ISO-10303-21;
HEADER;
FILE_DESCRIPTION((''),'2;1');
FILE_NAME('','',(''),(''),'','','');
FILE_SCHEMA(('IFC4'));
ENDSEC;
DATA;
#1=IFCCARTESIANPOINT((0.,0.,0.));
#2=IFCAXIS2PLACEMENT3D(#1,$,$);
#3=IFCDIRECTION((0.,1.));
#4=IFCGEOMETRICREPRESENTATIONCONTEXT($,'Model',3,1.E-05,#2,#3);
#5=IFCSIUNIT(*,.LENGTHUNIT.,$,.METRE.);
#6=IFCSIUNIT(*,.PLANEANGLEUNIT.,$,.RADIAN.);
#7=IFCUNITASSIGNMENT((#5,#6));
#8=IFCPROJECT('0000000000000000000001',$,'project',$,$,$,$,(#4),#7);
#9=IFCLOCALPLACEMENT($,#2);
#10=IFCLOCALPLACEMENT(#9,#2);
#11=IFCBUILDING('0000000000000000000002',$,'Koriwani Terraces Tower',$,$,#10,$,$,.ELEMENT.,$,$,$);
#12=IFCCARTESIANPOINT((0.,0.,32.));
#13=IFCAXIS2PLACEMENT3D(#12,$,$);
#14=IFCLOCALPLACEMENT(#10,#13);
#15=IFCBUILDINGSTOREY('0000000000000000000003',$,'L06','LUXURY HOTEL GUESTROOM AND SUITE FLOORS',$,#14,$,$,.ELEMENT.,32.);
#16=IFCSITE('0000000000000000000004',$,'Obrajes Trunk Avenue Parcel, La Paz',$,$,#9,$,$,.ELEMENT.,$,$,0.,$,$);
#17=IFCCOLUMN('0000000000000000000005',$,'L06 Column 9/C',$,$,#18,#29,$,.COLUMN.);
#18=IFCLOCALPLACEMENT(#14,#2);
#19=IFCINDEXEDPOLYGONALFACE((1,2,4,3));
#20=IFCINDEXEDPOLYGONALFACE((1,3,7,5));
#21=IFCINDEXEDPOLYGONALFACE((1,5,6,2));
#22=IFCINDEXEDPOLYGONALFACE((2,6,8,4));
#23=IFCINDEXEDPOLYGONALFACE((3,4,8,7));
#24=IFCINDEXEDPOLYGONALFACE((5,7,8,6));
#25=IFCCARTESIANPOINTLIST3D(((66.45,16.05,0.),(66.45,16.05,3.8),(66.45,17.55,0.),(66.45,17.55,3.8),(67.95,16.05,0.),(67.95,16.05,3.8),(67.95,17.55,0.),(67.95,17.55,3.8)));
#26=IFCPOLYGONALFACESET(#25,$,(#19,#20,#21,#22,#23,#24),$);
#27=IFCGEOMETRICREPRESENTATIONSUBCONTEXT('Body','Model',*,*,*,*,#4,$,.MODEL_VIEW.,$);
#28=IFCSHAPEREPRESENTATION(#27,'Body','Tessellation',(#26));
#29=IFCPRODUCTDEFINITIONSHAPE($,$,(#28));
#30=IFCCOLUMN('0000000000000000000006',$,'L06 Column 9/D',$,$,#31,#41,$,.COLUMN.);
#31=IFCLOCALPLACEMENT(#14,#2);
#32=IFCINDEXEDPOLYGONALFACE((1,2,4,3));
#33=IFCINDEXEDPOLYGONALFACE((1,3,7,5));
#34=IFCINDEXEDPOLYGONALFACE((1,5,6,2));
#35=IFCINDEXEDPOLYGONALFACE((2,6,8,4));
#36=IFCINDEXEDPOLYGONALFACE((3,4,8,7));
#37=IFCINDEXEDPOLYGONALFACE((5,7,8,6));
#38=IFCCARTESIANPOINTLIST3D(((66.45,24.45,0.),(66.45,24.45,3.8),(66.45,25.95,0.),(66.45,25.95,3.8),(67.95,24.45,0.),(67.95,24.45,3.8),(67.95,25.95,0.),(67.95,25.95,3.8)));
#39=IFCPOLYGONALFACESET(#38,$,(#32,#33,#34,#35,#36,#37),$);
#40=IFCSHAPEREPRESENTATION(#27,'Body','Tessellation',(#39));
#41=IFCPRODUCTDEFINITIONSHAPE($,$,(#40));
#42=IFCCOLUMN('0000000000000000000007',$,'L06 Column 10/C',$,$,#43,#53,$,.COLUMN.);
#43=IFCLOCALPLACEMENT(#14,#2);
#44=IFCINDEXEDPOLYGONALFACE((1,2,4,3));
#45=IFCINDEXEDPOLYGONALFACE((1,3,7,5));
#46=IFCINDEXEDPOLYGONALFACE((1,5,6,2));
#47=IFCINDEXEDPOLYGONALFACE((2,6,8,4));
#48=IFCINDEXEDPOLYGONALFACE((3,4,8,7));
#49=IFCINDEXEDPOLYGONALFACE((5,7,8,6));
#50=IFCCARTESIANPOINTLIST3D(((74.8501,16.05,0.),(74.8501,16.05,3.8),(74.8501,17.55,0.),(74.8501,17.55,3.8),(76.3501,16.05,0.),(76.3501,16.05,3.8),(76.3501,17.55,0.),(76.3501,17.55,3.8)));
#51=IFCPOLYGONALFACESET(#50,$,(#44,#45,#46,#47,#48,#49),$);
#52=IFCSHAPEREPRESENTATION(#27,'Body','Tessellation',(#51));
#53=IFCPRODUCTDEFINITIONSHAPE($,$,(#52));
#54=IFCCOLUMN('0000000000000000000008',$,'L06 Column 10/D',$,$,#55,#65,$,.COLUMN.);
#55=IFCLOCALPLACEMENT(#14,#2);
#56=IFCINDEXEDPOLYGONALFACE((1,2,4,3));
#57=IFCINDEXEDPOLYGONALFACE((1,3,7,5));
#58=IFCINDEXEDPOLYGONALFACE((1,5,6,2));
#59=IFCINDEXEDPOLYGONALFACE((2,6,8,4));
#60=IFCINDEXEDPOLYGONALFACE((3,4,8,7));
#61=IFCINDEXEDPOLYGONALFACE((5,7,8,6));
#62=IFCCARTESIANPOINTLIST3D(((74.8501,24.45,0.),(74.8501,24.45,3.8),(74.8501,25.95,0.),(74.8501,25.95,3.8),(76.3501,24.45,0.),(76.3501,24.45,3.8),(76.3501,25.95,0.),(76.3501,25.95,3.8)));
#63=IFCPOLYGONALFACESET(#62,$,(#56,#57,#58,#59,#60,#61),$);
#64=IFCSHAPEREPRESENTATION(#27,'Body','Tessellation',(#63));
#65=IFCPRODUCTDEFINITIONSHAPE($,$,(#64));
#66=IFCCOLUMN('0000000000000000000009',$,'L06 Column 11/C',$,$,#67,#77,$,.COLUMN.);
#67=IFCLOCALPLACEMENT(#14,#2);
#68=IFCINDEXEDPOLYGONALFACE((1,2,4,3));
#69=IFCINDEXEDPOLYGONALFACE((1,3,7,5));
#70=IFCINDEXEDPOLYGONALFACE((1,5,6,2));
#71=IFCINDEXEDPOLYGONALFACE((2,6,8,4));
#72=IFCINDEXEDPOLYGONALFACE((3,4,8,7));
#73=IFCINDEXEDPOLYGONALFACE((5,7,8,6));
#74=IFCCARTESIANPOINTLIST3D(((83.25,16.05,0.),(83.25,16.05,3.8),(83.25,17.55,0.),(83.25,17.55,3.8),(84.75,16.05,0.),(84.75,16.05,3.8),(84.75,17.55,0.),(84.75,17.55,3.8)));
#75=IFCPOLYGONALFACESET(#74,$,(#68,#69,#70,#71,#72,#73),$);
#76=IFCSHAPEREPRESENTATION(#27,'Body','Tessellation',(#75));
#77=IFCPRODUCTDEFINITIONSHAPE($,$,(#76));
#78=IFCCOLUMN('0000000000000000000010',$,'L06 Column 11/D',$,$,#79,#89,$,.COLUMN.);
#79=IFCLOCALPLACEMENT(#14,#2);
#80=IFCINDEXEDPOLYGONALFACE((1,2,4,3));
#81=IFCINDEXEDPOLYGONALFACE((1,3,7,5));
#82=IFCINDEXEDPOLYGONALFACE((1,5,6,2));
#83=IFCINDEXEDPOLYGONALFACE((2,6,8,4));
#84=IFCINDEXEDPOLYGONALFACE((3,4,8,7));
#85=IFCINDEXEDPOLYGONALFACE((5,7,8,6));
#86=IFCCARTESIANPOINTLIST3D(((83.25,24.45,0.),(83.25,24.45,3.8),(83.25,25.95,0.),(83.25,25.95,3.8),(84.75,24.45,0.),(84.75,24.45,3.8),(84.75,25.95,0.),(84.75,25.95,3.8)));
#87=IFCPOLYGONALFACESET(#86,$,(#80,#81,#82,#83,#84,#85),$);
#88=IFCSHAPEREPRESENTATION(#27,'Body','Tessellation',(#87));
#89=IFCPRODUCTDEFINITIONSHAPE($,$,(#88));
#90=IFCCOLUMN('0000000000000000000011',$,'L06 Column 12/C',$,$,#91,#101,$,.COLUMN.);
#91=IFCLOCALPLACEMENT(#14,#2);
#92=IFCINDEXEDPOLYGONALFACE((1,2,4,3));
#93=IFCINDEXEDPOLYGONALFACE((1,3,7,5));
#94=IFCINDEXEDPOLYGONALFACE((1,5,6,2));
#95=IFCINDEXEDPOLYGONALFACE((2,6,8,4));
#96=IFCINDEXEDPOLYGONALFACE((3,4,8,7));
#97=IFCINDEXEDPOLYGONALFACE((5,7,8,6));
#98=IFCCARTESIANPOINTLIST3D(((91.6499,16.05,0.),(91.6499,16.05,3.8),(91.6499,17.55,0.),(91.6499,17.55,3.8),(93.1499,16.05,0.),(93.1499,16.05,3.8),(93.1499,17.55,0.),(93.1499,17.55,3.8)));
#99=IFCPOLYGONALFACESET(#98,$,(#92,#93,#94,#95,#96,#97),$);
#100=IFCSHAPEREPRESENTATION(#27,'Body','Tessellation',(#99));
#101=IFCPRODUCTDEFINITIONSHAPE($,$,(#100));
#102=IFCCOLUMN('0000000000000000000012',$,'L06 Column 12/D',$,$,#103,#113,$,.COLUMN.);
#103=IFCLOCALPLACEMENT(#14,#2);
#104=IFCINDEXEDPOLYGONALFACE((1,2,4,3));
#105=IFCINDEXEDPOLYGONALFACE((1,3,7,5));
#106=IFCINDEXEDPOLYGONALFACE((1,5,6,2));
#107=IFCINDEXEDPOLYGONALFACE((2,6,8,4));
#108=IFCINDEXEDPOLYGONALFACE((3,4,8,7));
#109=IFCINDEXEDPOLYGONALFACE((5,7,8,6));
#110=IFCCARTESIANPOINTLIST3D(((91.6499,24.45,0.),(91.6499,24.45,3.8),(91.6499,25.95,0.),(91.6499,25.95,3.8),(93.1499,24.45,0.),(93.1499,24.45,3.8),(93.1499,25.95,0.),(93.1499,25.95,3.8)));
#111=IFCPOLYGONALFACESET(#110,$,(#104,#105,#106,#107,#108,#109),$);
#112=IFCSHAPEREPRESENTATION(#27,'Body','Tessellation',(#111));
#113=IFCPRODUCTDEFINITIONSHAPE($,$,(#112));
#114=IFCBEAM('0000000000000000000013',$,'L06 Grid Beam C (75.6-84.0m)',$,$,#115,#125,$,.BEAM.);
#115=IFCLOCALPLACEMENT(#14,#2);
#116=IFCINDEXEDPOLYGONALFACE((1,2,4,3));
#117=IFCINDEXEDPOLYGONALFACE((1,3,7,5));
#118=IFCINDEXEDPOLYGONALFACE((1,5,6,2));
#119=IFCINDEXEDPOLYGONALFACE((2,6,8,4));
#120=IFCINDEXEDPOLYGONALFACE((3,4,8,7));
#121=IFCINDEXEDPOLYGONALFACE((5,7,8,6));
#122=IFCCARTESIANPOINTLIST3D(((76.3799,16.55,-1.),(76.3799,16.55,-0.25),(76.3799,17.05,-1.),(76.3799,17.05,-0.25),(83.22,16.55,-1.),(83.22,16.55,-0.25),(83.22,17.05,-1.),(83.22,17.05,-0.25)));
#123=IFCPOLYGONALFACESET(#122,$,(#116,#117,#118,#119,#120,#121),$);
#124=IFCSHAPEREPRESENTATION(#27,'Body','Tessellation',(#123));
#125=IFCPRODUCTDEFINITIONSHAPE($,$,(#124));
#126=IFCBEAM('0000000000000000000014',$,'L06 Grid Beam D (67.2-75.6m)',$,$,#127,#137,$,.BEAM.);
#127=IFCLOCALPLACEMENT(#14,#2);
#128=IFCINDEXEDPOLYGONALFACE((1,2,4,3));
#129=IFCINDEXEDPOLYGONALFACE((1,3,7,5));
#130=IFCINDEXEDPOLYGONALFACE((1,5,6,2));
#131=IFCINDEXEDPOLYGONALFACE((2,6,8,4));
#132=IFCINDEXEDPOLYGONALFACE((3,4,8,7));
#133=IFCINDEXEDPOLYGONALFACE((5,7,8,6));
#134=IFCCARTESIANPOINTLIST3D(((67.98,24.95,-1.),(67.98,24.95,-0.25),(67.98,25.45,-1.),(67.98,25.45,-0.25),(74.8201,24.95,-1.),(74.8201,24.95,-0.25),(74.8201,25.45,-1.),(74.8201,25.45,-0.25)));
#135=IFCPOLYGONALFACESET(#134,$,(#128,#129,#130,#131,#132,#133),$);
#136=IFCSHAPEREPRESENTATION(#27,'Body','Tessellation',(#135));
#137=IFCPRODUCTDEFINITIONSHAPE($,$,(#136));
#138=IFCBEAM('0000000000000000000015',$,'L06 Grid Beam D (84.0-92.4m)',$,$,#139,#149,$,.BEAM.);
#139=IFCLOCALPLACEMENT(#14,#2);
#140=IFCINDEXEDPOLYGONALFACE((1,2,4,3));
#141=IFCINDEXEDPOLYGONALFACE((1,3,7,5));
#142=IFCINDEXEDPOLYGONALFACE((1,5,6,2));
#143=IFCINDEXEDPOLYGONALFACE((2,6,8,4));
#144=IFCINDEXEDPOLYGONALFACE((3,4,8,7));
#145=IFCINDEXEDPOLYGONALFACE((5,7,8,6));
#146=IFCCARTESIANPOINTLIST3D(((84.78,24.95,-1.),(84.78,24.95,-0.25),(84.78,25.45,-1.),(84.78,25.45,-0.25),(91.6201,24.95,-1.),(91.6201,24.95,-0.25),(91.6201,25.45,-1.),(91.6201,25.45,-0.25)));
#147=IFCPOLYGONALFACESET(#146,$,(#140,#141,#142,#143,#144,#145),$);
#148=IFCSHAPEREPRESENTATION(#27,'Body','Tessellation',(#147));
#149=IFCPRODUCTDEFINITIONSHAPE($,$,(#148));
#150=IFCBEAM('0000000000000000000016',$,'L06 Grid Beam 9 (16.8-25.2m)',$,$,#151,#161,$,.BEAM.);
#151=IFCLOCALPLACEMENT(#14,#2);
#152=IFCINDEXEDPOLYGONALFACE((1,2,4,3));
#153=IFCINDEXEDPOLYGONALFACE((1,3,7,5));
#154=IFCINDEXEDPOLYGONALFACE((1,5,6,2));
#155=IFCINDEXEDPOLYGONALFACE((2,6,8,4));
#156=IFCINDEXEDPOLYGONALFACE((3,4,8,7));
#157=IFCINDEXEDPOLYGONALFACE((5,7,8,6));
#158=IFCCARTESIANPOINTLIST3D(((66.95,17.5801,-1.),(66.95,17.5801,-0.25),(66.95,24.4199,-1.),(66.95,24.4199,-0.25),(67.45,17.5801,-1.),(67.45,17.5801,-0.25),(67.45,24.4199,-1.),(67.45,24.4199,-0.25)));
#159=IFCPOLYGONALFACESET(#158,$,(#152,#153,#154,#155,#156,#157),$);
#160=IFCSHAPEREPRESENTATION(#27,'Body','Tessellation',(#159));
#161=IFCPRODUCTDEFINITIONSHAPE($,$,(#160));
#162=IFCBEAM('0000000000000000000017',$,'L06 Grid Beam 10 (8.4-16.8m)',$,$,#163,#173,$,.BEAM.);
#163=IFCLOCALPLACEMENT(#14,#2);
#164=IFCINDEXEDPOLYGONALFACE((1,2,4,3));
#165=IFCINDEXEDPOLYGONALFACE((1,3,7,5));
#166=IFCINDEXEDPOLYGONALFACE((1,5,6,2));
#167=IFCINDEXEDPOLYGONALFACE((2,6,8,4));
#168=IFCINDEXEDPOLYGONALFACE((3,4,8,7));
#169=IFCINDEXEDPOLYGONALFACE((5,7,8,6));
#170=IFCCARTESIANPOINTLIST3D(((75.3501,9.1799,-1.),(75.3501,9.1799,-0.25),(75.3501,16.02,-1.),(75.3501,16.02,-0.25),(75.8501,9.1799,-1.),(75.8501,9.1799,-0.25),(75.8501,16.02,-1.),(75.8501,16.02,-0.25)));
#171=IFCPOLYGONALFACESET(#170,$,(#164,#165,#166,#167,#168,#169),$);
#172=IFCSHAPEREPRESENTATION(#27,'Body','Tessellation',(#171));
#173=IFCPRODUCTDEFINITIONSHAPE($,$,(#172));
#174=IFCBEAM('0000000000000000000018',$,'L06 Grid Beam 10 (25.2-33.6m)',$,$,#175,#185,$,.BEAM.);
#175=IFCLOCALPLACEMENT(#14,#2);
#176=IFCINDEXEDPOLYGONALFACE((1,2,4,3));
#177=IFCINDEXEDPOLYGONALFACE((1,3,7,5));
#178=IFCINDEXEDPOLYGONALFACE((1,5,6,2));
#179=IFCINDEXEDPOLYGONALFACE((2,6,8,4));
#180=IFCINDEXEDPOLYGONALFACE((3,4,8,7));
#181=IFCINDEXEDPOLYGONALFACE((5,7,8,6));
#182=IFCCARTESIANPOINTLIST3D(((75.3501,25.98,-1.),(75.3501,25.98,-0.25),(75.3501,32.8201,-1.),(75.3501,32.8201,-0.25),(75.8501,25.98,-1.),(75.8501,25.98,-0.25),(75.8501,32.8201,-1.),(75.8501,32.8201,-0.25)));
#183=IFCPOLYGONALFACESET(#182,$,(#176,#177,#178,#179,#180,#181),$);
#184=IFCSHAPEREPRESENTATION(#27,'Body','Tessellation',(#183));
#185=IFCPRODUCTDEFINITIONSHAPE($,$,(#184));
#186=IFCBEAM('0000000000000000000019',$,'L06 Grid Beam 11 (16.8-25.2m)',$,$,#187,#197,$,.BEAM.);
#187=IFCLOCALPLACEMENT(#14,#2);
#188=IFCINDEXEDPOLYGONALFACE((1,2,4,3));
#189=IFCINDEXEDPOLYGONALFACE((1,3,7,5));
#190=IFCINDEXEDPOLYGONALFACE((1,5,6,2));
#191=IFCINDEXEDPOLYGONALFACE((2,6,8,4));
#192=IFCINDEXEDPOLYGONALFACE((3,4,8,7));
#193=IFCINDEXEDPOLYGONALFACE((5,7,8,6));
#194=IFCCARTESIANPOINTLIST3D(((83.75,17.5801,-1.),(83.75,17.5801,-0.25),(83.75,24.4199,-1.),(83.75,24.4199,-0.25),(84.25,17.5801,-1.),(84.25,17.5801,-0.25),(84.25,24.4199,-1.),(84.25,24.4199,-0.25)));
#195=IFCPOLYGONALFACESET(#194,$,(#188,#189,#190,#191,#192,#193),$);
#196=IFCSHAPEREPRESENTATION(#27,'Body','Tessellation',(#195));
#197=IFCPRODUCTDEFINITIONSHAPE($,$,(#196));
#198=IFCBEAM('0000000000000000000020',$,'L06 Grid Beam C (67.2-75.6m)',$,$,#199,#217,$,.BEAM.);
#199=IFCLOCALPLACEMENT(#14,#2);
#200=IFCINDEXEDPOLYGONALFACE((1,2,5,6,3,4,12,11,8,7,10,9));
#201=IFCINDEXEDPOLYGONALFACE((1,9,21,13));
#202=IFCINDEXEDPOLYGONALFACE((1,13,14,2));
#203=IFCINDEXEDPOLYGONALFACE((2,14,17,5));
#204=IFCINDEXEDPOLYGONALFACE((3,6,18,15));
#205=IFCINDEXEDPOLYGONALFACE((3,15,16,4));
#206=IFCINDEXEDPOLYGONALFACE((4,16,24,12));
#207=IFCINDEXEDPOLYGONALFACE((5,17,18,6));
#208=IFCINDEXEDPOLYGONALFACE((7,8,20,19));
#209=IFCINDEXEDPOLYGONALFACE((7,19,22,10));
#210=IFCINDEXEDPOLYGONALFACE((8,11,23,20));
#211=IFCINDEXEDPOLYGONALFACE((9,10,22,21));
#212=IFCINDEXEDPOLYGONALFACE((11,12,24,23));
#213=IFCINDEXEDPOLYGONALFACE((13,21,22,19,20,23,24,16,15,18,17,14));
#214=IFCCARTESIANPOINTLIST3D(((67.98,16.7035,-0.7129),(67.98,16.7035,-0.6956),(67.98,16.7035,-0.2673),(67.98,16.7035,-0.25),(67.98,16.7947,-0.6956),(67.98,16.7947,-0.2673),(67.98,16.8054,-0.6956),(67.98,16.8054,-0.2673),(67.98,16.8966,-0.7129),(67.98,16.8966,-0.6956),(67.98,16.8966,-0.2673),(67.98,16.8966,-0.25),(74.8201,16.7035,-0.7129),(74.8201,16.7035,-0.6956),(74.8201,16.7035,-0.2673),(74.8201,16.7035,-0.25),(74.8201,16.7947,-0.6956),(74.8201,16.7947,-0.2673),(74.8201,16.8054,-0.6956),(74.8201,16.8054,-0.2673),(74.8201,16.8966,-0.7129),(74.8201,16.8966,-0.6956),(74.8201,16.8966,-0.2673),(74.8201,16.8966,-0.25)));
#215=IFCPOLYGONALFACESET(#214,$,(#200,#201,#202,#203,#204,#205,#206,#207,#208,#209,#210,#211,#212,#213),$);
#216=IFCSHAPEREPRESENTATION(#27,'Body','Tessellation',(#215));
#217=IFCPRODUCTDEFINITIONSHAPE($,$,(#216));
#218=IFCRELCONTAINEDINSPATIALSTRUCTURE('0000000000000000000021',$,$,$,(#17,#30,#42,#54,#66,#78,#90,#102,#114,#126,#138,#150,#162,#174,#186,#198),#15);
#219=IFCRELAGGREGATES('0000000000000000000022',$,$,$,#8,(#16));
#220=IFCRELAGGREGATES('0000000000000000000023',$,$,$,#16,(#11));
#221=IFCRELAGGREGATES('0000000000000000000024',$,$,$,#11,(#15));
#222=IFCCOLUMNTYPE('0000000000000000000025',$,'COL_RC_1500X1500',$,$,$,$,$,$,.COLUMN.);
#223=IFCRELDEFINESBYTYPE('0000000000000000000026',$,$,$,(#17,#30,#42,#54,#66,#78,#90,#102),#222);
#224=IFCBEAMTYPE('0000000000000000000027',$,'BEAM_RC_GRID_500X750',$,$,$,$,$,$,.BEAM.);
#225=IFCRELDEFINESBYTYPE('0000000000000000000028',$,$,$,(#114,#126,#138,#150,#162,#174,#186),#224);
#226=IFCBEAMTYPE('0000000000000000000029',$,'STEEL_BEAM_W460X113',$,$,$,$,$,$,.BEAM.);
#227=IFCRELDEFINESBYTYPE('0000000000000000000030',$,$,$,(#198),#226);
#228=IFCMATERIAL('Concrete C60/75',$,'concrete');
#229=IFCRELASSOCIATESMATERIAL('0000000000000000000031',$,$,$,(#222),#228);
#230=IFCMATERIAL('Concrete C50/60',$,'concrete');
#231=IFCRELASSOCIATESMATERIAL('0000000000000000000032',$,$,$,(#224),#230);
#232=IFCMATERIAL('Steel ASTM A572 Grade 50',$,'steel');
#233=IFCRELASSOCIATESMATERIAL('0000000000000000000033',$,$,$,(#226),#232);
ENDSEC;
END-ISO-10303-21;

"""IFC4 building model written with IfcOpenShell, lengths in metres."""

from ifc_helpers import new_model, si_unit, direction, frame, origin, origin_2d, place, context, subcontext, project, spatial, rectangle, i_section, extrude, material, material_profile, profile_set, type_object, element, save


model = new_model("IFC4")

# Units and contexts
model_context = context("Model", 3, precision=1e-05, world=origin(), true_north=direction((0.0, 1.0)))
body_context = subcontext(model_context, "Body", "Model", "MODEL_VIEW")
ifc_project = project(units=[si_unit("LENGTHUNIT", "METRE"), si_unit("PLANEANGLEUNIT", "RADIAN")], contexts=[model_context])

# Site, building, storey
site_placement = place(None, origin())
site = spatial("IfcSite", under=ifc_project, at=site_placement, Name="Obrajes Trunk Avenue Parcel, La Paz", CompositionType="ELEMENT", RefElevation=0.0)
building_placement = place(site_placement, origin())
building = spatial("IfcBuilding", under=site, at=building_placement, Name="Koriwani Terraces Tower", CompositionType="ELEMENT")
storey_placement = place(building_placement, frame((0.0, 0.0, 32.0)))
storey = spatial("IfcBuildingStorey", under=building, at=storey_placement, Name="L06", Description="LUXURY HOTEL GUESTROOM AND SUITE FLOORS", CompositionType="ELEMENT", Elevation=32.0)

# Columns
ifc_material_1 = material(Name="Concrete C60/75", Category="concrete")
ifc_material_profile_1 = material_profile(ifc_material_1, rectangle(XDim=1.5, YDim=1.5, at=origin_2d()), Name="Concrete C60/75", Category="LoadBearing")
ifc_profile_set_1 = profile_set([ifc_material_profile_1], Name="Concrete C60/75")
column_type = type_object("IfcColumnType", Name="COL_RC_1500X1500", PredefinedType="COLUMN", material=ifc_profile_set_1)
for number, where, z_axis, x_axis, name in (
    (1, (67.2, 16.8, 0.0), (0.0, 0.0, 1.0), (1.0, 0.0, 0.0), "L06 Column 9/C"),
    (2, (67.2, 25.2, 0.0), (0.0, 0.0, 1.0), (1.0, 0.0, 0.0), "L06 Column 9/D"),
    (3, (75.6001, 16.8, 0.0), (0.0, 0.0, 1.0), (1.0, 0.0, 0.0), "L06 Column 10/C"),
    (4, (75.6001, 25.2, 0.0), (0.0, 0.0, 1.0), (1.0, 0.0, 0.0), "L06 Column 10/D"),
    (5, (84.0, 16.8, 0.0), (0.0, 0.0, 1.0), (1.0, 0.0, 0.0), "L06 Column 11/C"),
    (6, (84.0, 25.2, 0.0), (0.0, 0.0, 1.0), (1.0, 0.0, 0.0), "L06 Column 11/D"),
    (7, (92.3999, 16.8, 0.0), (0.0, 0.0, 1.0), (1.0, 0.0, 0.0), "L06 Column 12/C"),
    (8, (92.3999, 25.2, 0.0), (0.0, 0.0, 1.0), (1.0, 0.0, 0.0), "L06 Column 12/D"),
):
    element("IfcColumn", number, at=place(storey_placement, frame(where, z_axis=z_axis, x_axis=x_axis)), inside=storey, type_object=column_type, Name=name, PredefinedType="COLUMN", context=body_context, shape_type="SweptSolid", body=[
        extrude(rectangle(XDim=1.5, YDim=1.5, at=origin_2d()), origin(), (0.0, 0.0, 1.0), 3.8),
    ])

# Beams
ifc_material_2 = material(Name="Concrete C50/60", Category="concrete")
ifc_material_profile_2 = material_profile(ifc_material_2, rectangle(XDim=0.5, YDim=0.75, at=origin_2d()), Name="Concrete C50/60", Category="LoadBearing")
ifc_profile_set_2 = profile_set([ifc_material_profile_2], Name="Concrete C50/60")
beam_type_1 = type_object("IfcBeamType", Name="BEAM_RC_GRID_500X750", PredefinedType="BEAM", material=ifc_profile_set_2)
for number, where, z_axis, x_axis, name in (
    (9, (76.3799, 16.8, -0.625), (1.0, 0.0, 0.0), (0.0, 1.0, 0.0), "L06 Grid Beam C (75.6-84.0m)"),
    (10, (67.98, 25.2, -0.625), (1.0, 0.0, 0.0), (0.0, 1.0, 0.0), "L06 Grid Beam D (67.2-75.6m)"),
    (11, (84.78, 25.2, -0.625), (1.0, 0.0, 0.0), (0.0, 1.0, 0.0), "L06 Grid Beam D (84.0-92.4m)"),
):
    element("IfcBeam", number, at=place(storey_placement, frame(where, z_axis=z_axis, x_axis=x_axis)), inside=storey, type_object=beam_type_1, Name=name, PredefinedType="BEAM", context=body_context, shape_type="SweptSolid", body=[
        extrude(rectangle(XDim=0.5, YDim=0.75, at=origin_2d()), origin(), (0.0, 0.0, 1.0), 6.8401),
    ])
beam_1_placement = place(storey_placement, frame((67.2, 17.5801, -0.625), z_axis=(0.0, 1.0, 0.0), x_axis=(-1.0, 0.0, 0.0)))
element("IfcBeam", 12, at=beam_1_placement, inside=storey, type_object=beam_type_1, Name="L06 Grid Beam 9 (16.8-25.2m)", PredefinedType="BEAM", context=body_context, shape_type="SweptSolid", body=[
    extrude(rectangle(XDim=0.5, YDim=0.75, at=origin_2d()), origin(), (0.0, 0.0, 1.0), 6.8398),
])
for number, where, z_axis, x_axis, name in (
    (13, (75.6001, 9.1799, -0.625), (0.0, 1.0, 0.0), (-1.0, 0.0, 0.0), "L06 Grid Beam 10 (8.4-16.8m)"),
    (14, (75.6001, 25.98, -0.625), (0.0, 1.0, 0.0), (-1.0, 0.0, 0.0), "L06 Grid Beam 10 (25.2-33.6m)"),
):
    element("IfcBeam", number, at=place(storey_placement, frame(where, z_axis=z_axis, x_axis=x_axis)), inside=storey, type_object=beam_type_1, Name=name, PredefinedType="BEAM", context=body_context, shape_type="SweptSolid", body=[
        extrude(rectangle(XDim=0.5, YDim=0.75, at=origin_2d()), origin(), (0.0, 0.0, 1.0), 6.8401),
    ])
beam_2_placement = place(storey_placement, frame((84.0, 17.5801, -0.625), z_axis=(0.0, 1.0, 0.0), x_axis=(-1.0, 0.0, 0.0)))
element("IfcBeam", 15, at=beam_2_placement, inside=storey, type_object=beam_type_1, Name="L06 Grid Beam 11 (16.8-25.2m)", PredefinedType="BEAM", context=body_context, shape_type="SweptSolid", body=[
    extrude(rectangle(XDim=0.5, YDim=0.75, at=origin_2d()), origin(), (0.0, 0.0, 1.0), 6.8398),
])
ifc_material_3 = material(Name="Steel ASTM A572 Grade 50", Category="steel")
ifc_material_profile_3 = material_profile(ifc_material_3, i_section(OverallWidth=0.1931, OverallDepth=0.4629, WebThickness=0.0107, FlangeThickness=0.0173, at=origin_2d()), Name="Steel ASTM A572 Grade 50", Category="LoadBearing")
ifc_profile_set_3 = profile_set([ifc_material_profile_3], Name="Steel ASTM A572 Grade 50")
beam_type_2 = type_object("IfcBeamType", Name="STEEL_BEAM_W460X113", PredefinedType="BEAM", material=ifc_profile_set_3)
for number, where, z_axis, x_axis, name in (
    (16, (67.98, 16.8, -0.4814), (1.0, 0.0, 0.0), (0.0, 1.0, 0.0), "L06 Grid Beam C (67.2-75.6m)"),
):
    element("IfcBeam", number, at=place(storey_placement, frame(where, z_axis=z_axis, x_axis=x_axis)), inside=storey, type_object=beam_type_2, Name=name, PredefinedType="BEAM", context=body_context, shape_type="SweptSolid", body=[
        extrude(i_section(OverallWidth=0.1931, OverallDepth=0.4629, WebThickness=0.0107, FlangeThickness=0.0173, at=origin_2d()), origin(), (0.0, 0.0, 1.0), 6.8401),
    ])

save(model, "model.ifc")
